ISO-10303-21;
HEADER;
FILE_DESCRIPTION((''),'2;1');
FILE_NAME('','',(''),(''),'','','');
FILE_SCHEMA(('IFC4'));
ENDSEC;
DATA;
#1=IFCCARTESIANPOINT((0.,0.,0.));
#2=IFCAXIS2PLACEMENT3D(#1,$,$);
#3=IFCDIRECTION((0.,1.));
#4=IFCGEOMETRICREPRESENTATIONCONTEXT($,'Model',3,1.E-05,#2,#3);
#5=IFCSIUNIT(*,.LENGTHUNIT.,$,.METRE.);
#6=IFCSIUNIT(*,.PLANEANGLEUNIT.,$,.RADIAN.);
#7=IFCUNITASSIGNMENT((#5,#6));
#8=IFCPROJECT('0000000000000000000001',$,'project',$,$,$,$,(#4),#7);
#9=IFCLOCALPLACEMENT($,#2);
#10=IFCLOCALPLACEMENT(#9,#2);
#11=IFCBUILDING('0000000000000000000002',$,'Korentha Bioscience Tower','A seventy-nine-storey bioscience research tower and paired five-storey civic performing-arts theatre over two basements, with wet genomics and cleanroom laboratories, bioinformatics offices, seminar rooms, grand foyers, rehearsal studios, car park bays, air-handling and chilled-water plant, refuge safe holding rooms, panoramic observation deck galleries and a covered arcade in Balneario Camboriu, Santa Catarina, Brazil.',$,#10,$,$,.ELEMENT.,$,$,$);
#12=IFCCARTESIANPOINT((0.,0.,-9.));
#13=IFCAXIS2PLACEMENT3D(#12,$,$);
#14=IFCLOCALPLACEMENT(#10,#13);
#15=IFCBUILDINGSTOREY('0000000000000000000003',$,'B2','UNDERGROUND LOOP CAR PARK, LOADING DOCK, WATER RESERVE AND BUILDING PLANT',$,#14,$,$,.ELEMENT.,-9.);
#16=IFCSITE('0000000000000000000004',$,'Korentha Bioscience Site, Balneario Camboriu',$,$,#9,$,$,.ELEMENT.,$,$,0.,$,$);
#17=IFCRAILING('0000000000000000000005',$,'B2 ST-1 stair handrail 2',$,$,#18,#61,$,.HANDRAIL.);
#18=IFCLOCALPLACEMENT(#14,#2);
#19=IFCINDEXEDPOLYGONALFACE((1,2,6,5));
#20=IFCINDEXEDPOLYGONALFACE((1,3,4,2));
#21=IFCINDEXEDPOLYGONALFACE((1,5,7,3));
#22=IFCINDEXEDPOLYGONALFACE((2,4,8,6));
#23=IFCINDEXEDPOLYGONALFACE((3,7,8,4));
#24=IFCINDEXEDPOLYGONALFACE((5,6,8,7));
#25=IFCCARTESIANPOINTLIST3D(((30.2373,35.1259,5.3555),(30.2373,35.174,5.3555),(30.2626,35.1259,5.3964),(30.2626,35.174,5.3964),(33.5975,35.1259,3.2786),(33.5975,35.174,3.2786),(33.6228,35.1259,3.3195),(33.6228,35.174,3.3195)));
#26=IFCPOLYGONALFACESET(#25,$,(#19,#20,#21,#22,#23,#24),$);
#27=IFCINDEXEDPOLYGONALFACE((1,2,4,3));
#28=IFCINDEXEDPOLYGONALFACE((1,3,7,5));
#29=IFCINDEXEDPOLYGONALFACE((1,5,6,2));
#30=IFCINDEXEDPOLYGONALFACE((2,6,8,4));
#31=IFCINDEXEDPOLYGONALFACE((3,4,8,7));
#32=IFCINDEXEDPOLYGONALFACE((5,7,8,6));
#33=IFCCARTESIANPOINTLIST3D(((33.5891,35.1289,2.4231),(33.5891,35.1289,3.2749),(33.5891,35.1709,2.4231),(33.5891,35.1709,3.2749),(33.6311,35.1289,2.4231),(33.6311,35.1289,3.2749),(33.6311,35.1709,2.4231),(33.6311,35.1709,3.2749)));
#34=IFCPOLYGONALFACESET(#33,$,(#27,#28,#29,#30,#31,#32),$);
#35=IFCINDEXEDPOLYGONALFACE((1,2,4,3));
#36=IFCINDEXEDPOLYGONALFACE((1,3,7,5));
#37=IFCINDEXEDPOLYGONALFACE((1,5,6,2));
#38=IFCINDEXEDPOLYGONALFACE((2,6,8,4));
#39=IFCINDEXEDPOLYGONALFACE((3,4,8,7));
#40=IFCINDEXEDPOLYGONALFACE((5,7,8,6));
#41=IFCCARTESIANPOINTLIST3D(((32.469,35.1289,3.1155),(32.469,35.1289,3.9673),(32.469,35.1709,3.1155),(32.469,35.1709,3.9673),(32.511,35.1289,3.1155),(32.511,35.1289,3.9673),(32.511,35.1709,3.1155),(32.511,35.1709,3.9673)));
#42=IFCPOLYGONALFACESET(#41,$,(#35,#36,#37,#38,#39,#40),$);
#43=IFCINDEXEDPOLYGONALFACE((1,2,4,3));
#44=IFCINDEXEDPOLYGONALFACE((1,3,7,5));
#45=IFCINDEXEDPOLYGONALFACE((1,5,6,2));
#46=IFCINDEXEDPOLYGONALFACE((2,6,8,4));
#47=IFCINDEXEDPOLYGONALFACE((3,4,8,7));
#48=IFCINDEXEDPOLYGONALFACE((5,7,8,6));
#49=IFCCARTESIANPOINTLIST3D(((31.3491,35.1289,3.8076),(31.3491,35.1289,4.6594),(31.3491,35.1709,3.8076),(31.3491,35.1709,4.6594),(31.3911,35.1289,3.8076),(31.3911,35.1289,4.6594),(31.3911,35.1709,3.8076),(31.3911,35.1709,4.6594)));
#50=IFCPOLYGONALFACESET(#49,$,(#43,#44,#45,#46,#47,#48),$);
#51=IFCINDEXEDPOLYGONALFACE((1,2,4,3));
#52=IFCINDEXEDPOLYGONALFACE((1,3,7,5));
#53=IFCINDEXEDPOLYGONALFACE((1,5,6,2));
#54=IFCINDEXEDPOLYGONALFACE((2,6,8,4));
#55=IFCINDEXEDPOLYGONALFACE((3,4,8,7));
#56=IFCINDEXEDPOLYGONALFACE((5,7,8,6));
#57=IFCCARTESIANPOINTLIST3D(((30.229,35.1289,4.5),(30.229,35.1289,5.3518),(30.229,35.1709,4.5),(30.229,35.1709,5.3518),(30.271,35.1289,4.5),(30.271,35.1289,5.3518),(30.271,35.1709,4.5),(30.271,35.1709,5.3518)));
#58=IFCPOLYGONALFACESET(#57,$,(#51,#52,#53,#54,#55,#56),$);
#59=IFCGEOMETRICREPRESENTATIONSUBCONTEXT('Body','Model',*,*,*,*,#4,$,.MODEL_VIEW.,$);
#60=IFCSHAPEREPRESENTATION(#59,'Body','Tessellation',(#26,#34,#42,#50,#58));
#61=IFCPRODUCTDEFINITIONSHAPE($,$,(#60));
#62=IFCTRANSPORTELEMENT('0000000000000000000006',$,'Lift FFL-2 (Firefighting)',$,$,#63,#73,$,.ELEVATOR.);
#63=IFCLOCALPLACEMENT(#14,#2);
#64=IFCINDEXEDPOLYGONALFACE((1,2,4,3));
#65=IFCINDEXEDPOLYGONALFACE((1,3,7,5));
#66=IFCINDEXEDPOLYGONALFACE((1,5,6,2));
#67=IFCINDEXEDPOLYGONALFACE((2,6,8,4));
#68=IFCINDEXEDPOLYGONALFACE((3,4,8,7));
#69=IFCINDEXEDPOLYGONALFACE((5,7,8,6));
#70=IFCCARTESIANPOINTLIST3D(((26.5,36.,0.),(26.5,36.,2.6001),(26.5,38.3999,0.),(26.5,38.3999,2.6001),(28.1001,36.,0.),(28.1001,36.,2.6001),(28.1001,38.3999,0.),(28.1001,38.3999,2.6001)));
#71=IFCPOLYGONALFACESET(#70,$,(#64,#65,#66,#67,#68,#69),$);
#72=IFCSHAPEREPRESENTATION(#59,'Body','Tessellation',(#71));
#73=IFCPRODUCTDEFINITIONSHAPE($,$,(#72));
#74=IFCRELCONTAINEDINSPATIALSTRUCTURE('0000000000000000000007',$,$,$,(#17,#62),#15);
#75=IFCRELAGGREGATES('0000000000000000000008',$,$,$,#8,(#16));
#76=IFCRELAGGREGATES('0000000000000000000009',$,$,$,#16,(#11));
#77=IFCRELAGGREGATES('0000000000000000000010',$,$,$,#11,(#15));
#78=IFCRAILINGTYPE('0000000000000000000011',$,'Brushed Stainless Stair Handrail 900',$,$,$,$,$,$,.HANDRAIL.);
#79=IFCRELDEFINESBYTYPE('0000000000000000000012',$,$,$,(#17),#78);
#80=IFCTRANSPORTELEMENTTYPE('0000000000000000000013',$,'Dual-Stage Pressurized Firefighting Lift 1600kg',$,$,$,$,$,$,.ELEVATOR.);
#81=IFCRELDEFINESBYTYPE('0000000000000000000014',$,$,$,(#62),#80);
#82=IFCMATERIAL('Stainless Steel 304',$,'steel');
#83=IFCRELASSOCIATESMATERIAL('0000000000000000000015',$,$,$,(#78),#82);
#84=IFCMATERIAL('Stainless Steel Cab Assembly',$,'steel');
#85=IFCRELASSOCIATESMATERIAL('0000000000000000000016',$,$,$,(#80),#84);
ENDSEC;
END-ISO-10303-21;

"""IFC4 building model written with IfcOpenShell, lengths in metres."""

from ifc_helpers import new_model, si_unit, direction, frame, origin, origin_2d, place, context, subcontext, project, spatial, rectangle, extrude, material, type_object, element, save


model = new_model("IFC4")

# Units and contexts
model_context = context("Model", 3, precision=1e-05, world=origin(), true_north=direction((0.0, 1.0)))
body_context = subcontext(model_context, "Body", "Model", "MODEL_VIEW")
ifc_project = project(units=[si_unit("LENGTHUNIT", "METRE"), si_unit("PLANEANGLEUNIT", "RADIAN")], contexts=[model_context])

# Site, building, storey
site_placement = place(None, origin())
site = spatial("IfcSite", under=ifc_project, at=site_placement, Name="Korentha Bioscience Site, Balneario Camboriu", CompositionType="ELEMENT", RefElevation=0.0)
building_placement = place(site_placement, origin())
building = spatial("IfcBuilding", under=site, at=building_placement, Name="Korentha Bioscience Tower", Description="A seventy-nine-storey bioscience research tower and paired five-storey civic performing-arts theatre over two basements, with wet genomics and cleanroom laboratories, bioinformatics offices, seminar rooms, grand foyers, rehearsal studios, car park bays, air-handling and chilled-water plant, refuge safe holding rooms, panoramic observation deck galleries and a covered arcade in Balneario Camboriu, Santa Catarina, Brazil.", CompositionType="ELEMENT")
storey_placement = place(building_placement, frame((0.0, 0.0, -9.0)))
storey = spatial("IfcBuildingStorey", under=building, at=storey_placement, Name="B2", Description="UNDERGROUND LOOP CAR PARK, LOADING DOCK, WATER RESERVE AND BUILDING PLANT", CompositionType="ELEMENT", Elevation=-9.0)

# Railing
ifc_material_1 = material(Name="Stainless Steel 304", Category="steel")
railing_type = type_object("IfcRailingType", Name="Brushed Stainless Stair Handrail 900", PredefinedType="HANDRAIL", material=ifc_material_1)
railing_placement = place(storey_placement, frame((33.6101, 35.1499, 2.4231)))
element("IfcRailing", 1, at=railing_placement, inside=storey, type_object=railing_type, Name="B2 ST-1 stair handrail 2", PredefinedType="HANDRAIL", context=body_context, shape_type="SweptSolid", body=[
    extrude(rectangle(XDim=0.0481, YDim=0.0481, at=origin_2d()), frame((0.0, 0.0, 0.876), z_axis=(-0.850623, 0.0, 0.525776), x_axis=(0.0, -1.0, 0.0)), (0.0, 0.0, 1.0), 3.9502),
    extrude(rectangle(XDim=0.042, YDim=0.042, at=origin_2d()), origin(), (0.0, 0.0, 1.0), 0.8518),
    extrude(rectangle(XDim=0.042, YDim=0.042, at=origin_2d()), frame((-1.1201, 0.0, 0.6924)), (0.0, 0.0, 1.0), 0.8518),
    extrude(rectangle(XDim=0.042, YDim=0.042, at=origin_2d()), frame((-2.24, 0.0, 1.3845)), (0.0, 0.0, 1.0), 0.8518),
    extrude(rectangle(XDim=0.042, YDim=0.042, at=origin_2d()), frame((-3.3601, 0.0, 2.0769)), (0.0, 0.0, 1.0), 0.8518),
])

# Transport element
ifc_material_2 = material(Name="Stainless Steel Cab Assembly", Category="steel")
transport_element_type = type_object("IfcTransportElementType", Name="Dual-Stage Pressurized Firefighting Lift 1600kg", PredefinedType="ELEVATOR", material=ifc_material_2)
transport_element_placement = place(storey_placement, frame((27.3, 37.2, 0.0), z_axis=(0.0, 0.0, 1.0), x_axis=(1.0, 0.0, 0.0)))
element("IfcTransportElement", 2, at=transport_element_placement, inside=storey, type_object=transport_element_type, Name="Lift FFL-2 (Firefighting)", PredefinedType="ELEVATOR", context=body_context, shape_type="SweptSolid", body=[
    extrude(rectangle(XDim=1.6001, YDim=2.3999, at=origin_2d()), origin(), (0.0, 0.0, 1.0), 2.6001),
])

save(model, "model.ifc")
